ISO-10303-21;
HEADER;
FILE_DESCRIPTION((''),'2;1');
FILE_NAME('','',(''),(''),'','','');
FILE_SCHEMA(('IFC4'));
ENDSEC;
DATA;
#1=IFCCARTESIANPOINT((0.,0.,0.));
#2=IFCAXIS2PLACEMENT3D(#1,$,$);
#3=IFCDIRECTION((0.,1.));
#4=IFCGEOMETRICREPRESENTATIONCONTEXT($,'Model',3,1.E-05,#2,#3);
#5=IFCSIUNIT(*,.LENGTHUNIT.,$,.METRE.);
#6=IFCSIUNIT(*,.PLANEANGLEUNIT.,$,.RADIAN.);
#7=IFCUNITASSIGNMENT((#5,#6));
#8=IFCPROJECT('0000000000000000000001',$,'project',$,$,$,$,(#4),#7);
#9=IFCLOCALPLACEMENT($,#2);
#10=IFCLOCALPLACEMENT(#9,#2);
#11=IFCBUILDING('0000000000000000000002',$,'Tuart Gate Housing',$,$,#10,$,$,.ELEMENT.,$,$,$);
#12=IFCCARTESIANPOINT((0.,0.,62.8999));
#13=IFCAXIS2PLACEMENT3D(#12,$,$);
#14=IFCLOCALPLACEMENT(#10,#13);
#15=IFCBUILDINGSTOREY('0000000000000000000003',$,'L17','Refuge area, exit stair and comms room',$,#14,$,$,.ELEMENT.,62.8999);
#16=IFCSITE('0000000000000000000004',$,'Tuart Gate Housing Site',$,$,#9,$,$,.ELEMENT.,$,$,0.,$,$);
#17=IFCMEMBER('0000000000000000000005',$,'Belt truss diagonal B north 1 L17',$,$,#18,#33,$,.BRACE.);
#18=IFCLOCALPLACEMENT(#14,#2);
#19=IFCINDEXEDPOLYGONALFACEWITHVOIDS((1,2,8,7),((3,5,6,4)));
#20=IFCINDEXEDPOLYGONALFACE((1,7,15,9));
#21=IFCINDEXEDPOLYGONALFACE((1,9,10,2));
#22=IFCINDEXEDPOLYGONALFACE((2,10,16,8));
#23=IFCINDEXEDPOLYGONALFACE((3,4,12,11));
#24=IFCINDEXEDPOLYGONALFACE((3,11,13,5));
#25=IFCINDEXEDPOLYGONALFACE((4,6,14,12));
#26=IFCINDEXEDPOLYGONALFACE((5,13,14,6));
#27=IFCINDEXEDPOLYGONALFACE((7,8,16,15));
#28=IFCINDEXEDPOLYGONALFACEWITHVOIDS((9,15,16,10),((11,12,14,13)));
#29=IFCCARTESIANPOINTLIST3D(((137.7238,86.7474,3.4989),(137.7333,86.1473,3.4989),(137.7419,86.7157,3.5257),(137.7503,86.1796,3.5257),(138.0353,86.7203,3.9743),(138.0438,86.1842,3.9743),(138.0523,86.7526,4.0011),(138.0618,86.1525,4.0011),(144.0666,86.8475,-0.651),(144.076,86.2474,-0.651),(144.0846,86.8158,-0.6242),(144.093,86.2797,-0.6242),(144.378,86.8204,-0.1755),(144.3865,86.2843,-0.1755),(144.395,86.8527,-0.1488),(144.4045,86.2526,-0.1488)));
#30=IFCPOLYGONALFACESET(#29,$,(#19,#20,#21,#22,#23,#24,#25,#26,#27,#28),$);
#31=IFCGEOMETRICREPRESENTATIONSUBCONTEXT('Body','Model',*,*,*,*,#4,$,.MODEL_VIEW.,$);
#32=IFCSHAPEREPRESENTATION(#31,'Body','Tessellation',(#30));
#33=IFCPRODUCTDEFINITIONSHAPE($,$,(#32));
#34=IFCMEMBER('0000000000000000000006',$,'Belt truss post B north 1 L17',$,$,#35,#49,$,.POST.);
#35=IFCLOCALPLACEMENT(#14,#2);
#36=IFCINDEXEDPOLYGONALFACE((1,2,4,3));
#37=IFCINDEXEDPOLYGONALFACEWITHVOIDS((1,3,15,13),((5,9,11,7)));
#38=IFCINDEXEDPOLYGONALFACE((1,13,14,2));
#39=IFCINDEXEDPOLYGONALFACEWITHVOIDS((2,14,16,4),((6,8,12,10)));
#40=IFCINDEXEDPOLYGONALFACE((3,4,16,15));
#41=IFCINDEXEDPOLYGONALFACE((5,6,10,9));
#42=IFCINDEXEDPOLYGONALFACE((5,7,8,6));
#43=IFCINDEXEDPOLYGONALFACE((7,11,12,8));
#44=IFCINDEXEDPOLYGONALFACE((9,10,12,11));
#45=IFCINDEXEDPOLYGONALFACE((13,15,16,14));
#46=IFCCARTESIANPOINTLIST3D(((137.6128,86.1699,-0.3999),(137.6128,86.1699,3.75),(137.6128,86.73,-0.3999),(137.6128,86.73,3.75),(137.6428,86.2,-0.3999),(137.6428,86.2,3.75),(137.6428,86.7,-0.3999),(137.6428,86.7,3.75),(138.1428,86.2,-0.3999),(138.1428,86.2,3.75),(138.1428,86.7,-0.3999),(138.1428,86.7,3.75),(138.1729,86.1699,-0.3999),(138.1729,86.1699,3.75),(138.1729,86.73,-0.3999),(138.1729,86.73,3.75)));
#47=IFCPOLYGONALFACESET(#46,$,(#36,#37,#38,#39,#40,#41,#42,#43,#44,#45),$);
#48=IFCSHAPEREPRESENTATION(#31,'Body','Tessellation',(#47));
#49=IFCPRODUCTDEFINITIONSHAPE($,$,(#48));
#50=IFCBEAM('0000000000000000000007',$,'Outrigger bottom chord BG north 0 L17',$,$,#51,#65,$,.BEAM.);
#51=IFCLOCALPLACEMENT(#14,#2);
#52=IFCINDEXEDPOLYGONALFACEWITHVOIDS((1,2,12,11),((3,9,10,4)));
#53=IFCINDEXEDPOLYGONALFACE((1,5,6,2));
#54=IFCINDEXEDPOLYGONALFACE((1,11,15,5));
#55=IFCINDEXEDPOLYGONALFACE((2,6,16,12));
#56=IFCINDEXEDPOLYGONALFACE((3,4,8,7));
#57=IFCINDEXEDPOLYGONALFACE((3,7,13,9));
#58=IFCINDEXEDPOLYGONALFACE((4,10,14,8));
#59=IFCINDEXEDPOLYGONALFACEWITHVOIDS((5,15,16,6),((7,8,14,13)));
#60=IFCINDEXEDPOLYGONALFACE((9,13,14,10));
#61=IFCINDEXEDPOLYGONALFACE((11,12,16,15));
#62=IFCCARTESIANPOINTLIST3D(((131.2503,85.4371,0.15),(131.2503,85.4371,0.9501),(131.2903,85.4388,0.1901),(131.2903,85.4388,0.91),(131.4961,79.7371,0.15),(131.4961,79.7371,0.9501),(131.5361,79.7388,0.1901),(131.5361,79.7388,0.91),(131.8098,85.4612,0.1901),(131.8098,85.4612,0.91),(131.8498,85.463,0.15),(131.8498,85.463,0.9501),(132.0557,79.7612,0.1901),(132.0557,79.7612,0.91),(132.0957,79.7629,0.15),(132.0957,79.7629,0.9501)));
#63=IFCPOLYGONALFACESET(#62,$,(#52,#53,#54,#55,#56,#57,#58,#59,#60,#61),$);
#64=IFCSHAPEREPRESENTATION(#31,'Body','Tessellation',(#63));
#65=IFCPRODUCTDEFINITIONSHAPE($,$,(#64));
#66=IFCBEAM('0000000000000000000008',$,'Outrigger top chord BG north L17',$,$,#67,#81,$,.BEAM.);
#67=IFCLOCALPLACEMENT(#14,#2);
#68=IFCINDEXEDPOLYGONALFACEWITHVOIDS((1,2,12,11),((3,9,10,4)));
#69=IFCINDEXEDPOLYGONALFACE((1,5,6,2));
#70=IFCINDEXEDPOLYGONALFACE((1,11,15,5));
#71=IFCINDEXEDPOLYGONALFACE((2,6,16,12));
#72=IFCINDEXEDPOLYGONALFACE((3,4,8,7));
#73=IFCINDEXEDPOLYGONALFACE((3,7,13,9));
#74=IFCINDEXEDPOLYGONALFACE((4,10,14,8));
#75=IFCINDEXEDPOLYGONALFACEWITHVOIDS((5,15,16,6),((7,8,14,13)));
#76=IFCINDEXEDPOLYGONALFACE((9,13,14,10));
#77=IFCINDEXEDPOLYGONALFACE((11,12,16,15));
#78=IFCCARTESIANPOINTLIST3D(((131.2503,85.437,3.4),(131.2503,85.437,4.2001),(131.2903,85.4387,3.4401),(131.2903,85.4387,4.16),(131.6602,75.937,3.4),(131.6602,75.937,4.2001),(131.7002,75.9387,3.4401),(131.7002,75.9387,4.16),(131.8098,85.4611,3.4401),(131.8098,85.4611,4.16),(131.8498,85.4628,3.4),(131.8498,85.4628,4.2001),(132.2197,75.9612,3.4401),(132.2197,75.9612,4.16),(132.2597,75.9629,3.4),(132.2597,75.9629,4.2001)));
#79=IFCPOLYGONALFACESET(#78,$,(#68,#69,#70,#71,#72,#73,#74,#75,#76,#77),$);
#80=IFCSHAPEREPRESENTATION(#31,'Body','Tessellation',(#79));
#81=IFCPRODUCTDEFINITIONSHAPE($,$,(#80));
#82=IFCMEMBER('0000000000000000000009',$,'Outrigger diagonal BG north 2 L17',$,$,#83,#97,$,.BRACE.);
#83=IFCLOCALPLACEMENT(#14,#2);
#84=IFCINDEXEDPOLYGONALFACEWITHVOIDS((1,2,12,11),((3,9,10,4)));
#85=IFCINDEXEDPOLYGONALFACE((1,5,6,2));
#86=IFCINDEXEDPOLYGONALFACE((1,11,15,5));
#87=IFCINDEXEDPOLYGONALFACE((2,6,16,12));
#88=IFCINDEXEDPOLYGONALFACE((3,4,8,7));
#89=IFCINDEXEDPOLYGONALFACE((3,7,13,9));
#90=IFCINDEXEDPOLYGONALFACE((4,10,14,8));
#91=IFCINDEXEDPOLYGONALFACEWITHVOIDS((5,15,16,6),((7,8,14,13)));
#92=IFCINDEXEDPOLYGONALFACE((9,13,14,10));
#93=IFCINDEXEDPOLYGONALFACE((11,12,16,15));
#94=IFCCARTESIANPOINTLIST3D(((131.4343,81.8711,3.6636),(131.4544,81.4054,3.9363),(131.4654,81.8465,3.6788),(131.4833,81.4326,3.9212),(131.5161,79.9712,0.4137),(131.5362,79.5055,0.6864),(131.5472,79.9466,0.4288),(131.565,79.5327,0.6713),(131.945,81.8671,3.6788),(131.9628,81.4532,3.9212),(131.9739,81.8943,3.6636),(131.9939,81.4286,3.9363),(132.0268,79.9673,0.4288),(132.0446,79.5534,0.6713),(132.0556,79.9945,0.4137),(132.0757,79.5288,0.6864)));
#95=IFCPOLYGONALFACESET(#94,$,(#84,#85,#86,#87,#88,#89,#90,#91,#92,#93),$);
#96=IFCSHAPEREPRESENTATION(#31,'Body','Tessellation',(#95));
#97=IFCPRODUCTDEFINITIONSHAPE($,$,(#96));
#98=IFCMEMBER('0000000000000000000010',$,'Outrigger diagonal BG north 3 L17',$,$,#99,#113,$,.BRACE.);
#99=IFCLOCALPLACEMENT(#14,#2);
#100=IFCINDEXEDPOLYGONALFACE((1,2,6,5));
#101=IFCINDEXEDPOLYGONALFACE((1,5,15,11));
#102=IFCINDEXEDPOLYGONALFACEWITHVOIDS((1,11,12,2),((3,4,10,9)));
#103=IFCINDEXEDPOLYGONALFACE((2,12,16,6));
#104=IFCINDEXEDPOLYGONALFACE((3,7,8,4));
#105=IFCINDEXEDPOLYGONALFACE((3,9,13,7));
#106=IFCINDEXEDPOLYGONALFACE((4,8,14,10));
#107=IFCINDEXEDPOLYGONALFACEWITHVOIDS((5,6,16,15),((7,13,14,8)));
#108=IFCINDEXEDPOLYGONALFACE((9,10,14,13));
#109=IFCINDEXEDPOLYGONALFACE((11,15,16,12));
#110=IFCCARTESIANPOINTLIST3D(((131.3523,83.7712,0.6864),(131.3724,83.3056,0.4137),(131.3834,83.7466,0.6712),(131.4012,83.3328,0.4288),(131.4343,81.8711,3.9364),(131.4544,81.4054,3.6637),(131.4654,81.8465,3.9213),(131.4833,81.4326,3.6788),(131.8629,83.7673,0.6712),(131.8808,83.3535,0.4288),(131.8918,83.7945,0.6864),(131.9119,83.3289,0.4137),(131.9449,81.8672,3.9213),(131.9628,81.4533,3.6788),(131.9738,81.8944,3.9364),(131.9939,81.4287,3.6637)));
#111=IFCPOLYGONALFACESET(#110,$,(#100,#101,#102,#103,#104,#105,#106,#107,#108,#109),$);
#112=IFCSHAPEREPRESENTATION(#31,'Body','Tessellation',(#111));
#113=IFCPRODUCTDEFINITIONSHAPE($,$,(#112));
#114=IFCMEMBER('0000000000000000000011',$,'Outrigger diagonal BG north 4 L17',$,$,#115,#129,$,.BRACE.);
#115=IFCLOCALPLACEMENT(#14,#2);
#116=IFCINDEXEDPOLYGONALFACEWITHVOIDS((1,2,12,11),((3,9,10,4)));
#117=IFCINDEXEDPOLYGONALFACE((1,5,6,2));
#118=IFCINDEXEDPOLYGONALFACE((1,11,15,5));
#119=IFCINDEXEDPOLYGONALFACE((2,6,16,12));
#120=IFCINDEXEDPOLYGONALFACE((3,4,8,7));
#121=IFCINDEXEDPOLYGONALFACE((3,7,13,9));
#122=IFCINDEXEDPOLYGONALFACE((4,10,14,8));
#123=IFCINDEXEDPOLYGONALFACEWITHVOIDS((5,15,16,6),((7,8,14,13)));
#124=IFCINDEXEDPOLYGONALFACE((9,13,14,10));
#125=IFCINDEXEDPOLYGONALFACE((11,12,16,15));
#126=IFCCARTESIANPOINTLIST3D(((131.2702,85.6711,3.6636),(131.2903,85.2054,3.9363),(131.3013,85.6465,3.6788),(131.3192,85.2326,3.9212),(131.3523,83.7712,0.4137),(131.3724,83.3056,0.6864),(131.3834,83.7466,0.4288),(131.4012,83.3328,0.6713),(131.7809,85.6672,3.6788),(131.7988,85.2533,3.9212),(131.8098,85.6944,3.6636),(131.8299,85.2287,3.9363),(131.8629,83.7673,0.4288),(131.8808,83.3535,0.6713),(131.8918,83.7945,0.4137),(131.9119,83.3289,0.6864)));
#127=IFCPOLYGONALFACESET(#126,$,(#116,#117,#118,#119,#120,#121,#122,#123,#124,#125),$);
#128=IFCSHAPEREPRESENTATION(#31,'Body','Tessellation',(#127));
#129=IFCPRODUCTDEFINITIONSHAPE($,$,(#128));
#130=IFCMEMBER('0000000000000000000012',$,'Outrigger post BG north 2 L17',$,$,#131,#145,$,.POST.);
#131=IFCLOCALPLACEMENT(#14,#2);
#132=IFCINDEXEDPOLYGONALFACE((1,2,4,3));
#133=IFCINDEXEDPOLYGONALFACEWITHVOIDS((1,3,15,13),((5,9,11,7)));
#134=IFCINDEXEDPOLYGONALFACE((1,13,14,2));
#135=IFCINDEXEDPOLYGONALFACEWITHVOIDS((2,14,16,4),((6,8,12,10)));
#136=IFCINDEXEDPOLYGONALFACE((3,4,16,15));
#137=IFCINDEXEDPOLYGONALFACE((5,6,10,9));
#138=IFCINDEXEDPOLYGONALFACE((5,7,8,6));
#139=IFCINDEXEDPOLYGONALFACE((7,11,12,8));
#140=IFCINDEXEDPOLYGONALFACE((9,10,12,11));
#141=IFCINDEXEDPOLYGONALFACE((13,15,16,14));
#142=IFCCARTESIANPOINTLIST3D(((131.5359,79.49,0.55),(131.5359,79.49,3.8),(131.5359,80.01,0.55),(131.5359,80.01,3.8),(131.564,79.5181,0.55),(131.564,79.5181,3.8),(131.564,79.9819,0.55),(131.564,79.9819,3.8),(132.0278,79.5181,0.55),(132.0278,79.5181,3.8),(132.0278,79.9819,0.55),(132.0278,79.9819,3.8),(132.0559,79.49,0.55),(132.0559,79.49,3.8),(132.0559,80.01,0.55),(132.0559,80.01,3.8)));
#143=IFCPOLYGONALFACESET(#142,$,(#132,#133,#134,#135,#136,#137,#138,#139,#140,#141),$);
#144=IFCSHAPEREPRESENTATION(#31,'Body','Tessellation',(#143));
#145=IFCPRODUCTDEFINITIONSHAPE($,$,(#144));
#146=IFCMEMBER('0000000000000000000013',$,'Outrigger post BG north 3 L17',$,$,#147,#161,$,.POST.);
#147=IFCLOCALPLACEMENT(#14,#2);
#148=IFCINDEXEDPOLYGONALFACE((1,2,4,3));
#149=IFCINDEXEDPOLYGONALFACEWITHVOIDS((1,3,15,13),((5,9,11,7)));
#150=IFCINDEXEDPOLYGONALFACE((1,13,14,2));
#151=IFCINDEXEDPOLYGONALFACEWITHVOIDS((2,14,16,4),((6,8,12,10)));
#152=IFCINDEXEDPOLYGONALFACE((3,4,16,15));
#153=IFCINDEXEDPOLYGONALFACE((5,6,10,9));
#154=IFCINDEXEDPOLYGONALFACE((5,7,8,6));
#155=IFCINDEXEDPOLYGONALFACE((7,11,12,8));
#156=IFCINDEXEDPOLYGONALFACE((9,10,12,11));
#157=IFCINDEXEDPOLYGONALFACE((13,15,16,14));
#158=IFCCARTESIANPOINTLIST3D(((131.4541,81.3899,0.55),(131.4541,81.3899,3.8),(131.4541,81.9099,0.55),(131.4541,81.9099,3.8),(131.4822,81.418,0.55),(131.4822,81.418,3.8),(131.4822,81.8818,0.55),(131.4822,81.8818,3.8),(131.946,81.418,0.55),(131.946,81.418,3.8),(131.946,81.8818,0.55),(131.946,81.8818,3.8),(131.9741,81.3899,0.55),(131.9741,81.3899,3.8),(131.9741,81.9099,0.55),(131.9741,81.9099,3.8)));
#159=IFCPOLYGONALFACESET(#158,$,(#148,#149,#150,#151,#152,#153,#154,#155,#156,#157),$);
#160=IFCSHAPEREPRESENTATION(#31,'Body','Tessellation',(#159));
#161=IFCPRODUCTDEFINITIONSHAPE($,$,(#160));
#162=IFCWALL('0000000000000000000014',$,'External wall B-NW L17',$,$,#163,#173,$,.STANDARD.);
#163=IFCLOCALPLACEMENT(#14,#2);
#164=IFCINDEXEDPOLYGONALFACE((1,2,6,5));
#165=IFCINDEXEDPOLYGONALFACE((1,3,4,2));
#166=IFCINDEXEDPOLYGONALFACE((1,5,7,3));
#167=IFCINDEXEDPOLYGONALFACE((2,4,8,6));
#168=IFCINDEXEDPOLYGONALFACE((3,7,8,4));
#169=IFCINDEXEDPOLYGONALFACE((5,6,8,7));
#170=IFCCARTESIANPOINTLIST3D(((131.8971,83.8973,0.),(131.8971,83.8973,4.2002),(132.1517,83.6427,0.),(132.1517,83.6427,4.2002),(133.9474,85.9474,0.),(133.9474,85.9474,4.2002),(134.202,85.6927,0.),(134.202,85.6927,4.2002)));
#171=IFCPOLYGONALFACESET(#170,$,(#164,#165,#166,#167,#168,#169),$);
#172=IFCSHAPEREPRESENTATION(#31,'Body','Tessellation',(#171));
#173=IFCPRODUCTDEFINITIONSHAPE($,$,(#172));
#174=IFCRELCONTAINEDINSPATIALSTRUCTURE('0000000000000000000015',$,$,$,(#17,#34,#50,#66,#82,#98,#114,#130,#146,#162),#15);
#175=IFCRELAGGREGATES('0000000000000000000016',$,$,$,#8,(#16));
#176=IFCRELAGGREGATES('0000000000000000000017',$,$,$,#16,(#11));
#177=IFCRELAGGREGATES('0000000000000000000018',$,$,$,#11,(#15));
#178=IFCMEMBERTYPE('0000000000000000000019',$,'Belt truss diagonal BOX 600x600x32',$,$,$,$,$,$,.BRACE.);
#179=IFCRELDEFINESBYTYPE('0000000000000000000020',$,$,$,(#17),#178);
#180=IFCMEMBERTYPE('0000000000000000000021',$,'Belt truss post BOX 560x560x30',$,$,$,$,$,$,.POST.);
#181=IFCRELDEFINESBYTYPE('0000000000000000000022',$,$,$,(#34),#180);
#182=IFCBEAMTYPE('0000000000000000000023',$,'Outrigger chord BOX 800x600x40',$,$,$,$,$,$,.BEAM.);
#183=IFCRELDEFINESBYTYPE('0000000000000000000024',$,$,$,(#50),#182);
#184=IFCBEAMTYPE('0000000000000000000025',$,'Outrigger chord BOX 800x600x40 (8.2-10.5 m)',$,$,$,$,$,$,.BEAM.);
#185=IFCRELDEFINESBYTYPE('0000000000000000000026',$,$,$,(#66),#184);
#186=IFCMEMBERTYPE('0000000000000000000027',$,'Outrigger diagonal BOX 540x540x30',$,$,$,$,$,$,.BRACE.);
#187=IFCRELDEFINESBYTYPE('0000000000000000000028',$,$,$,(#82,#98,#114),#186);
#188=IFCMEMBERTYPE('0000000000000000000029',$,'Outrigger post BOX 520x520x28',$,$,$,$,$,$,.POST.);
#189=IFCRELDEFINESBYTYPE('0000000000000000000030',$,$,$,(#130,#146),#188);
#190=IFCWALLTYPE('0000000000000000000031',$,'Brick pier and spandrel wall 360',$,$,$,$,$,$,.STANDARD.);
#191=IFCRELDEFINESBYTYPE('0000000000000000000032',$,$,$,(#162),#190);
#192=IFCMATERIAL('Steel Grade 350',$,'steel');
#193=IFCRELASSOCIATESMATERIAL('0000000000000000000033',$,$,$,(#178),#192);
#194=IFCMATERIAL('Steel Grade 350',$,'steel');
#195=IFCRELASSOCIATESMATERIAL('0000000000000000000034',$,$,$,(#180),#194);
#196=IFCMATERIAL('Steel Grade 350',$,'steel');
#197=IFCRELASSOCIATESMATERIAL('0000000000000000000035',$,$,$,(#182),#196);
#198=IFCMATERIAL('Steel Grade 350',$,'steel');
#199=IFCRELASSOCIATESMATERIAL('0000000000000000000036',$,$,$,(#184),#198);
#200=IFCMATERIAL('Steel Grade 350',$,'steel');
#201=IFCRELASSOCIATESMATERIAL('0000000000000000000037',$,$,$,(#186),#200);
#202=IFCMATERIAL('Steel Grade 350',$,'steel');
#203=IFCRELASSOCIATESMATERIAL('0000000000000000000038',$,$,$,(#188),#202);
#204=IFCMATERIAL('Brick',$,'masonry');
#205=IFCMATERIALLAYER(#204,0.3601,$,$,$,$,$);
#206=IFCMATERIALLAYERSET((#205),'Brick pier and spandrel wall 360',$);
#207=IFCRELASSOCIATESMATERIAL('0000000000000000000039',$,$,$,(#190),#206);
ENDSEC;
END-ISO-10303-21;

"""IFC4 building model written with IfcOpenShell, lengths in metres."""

from ifc_helpers import new_model, si_unit, direction, frame, frame_2d, origin, origin_2d, place, context, subcontext, project, spatial, rectangle, hollow_rectangle, extrude, material, layer, layer_set, material_profile, profile_set, type_object, element, save


model = new_model("IFC4")

# Units and contexts
model_context = context("Model", 3, precision=1e-05, world=origin(), true_north=direction((0.0, 1.0)))
body_context = subcontext(model_context, "Body", "Model", "MODEL_VIEW")
ifc_project = project(units=[si_unit("LENGTHUNIT", "METRE"), si_unit("PLANEANGLEUNIT", "RADIAN")], contexts=[model_context])

# Site, building, storey
site_placement = place(None, origin())
site = spatial("IfcSite", under=ifc_project, at=site_placement, Name="Tuart Gate Housing Site", CompositionType="ELEMENT", RefElevation=0.0)
building_placement = place(site_placement, origin())
building = spatial("IfcBuilding", under=site, at=building_placement, Name="Tuart Gate Housing", CompositionType="ELEMENT")
storey_placement = place(building_placement, frame((0.0, 0.0, 62.8999)))
storey = spatial("IfcBuildingStorey", under=building, at=storey_placement, Name="L17", Description="Refuge area, exit stair and comms room", CompositionType="ELEMENT", Elevation=62.8999)

# Members
ifc_material_1 = material(Name="Steel Grade 350", Category="steel")
ifc_material_profile_1 = material_profile(ifc_material_1, hollow_rectangle(XDim=0.6001, YDim=0.6001, WallThickness=0.032, at=origin_2d()), Name="BOX 600x600x32")
ifc_profile_set_1 = profile_set([ifc_material_profile_1], Name="Steel Grade 350")
member_type_1 = type_object("IfcMemberType", Name="Belt truss diagonal BOX 600x600x32", PredefinedType="BRACE", material=ifc_profile_set_1)
member_1_placement = place(storey_placement, frame((137.8928, 86.45, 3.75), z_axis=(0.836733, 0.013205, -0.547452), x_axis=(-0.015779, 0.999875, 0.0)))
element("IfcMember", 1, at=member_1_placement, inside=storey, type_object=member_type_1, Name="Belt truss diagonal B north 1 L17", PredefinedType="BRACE", context=body_context, shape_type="SweptSolid", body=[
    extrude(hollow_rectangle(XDim=0.6001, YDim=0.6001, WallThickness=0.032, at=origin_2d()), origin(), (0.0, 0.0, 1.0), 7.5803),
])
ifc_material_2 = material(Name="Steel Grade 350", Category="steel")
ifc_material_profile_2 = material_profile(ifc_material_2, hollow_rectangle(XDim=0.5601, YDim=0.5601, WallThickness=0.03, at=origin_2d()), Name="BOX 560x560x30")
ifc_profile_set_2 = profile_set([ifc_material_profile_2], Name="Steel Grade 350")
member_type_2 = type_object("IfcMemberType", Name="Belt truss post BOX 560x560x30", PredefinedType="POST", material=ifc_profile_set_2)
member_2_placement = place(storey_placement, frame((137.8928, 86.45, -0.3999), z_axis=(0.0, 0.0, 1.0), x_axis=(1.0, 0.0, 0.0)))
element("IfcMember", 2, at=member_2_placement, inside=storey, type_object=member_type_2, Name="Belt truss post B north 1 L17", PredefinedType="POST", context=body_context, shape_type="SweptSolid", body=[
    extrude(hollow_rectangle(XDim=0.5601, YDim=0.5601, WallThickness=0.03, at=origin_2d()), origin(), (0.0, 0.0, 1.0), 4.1499),
])

# Beams
ifc_material_3 = material(Name="Steel Grade 350", Category="steel")
ifc_material_profile_3 = material_profile(ifc_material_3, hollow_rectangle(XDim=0.6001, YDim=0.8, WallThickness=0.04, at=origin_2d()), Name="BOX 800x600x40")
ifc_profile_set_3 = profile_set([ifc_material_profile_3], Name="Steel Grade 350")
beam_type_1 = type_object("IfcBeamType", Name="Outrigger chord BOX 800x600x40", PredefinedType="BEAM", material=ifc_profile_set_3)
beam_1_placement = place(storey_placement, frame((131.7959, 79.75, 0.55), z_axis=(-0.043092, 0.999071, 0.0), x_axis=(-0.999071, -0.043092, 0.0)))
element("IfcBeam", 3, at=beam_1_placement, inside=storey, type_object=beam_type_1, Name="Outrigger bottom chord BG north 0 L17", PredefinedType="BEAM", context=body_context, shape_type="SweptSolid", body=[
    extrude(hollow_rectangle(XDim=0.6001, YDim=0.8, WallThickness=0.04, at=origin_2d()), origin(), (0.0, 0.0, 1.0), 5.7053),
])
ifc_material_4 = material(Name="Steel Grade 350", Category="steel")
ifc_material_profile_4 = material_profile(ifc_material_4, hollow_rectangle(XDim=0.6001, YDim=0.8, WallThickness=0.04, at=origin_2d()), Name="BOX 800x600x40")
ifc_profile_set_4 = profile_set([ifc_material_profile_4], Name="Steel Grade 350")
beam_type_2 = type_object("IfcBeamType", Name="Outrigger chord BOX 800x600x40 (8.2-10.5 m)", PredefinedType="BEAM", material=ifc_profile_set_4)
beam_2_placement = place(storey_placement, frame((131.96, 75.95, 3.8), z_axis=(-0.043109, 0.99907, 0.0), x_axis=(-0.99907, -0.043109, 0.0)))
element("IfcBeam", 4, at=beam_2_placement, inside=storey, type_object=beam_type_2, Name="Outrigger top chord BG north L17", PredefinedType="BEAM", context=body_context, shape_type="SweptSolid", body=[
    extrude(hollow_rectangle(XDim=0.6001, YDim=0.8, WallThickness=0.04, at=origin_2d()), origin(), (0.0, 0.0, 1.0), 9.5088),
])

# Members
ifc_material_5 = material(Name="Steel Grade 350", Category="steel")
ifc_material_profile_5 = material_profile(ifc_material_5, hollow_rectangle(XDim=0.54, YDim=0.54, WallThickness=0.03, at=origin_2d()), Name="BOX 540x540x30")
ifc_profile_set_5 = profile_set([ifc_material_profile_5], Name="Steel Grade 350")
member_type_3 = type_object("IfcMemberType", Name="Outrigger diagonal BOX 540x540x30", PredefinedType="BRACE", material=ifc_profile_set_5)
member_3_placement = place(storey_placement, frame((131.7959, 79.75, 0.55), z_axis=(-0.02172, 0.504558, 0.863104), x_axis=(-0.999075, -0.043008, 0.0)))
element("IfcMember", 5, at=member_3_placement, inside=storey, type_object=member_type_3, Name="Outrigger diagonal BG north 2 L17", PredefinedType="BRACE", context=body_context, shape_type="SweptSolid", body=[
    extrude(hollow_rectangle(XDim=0.54, YDim=0.54, WallThickness=0.03, at=origin_2d()), origin(), (0.0, 0.0, 1.0), 3.7654),
])
member_4_placement = place(storey_placement, frame((131.7141, 81.6499, 3.8), z_axis=(-0.021784, 0.504606, -0.863075), x_axis=(-0.999069, -0.043131, 0.0)))
element("IfcMember", 6, at=member_4_placement, inside=storey, type_object=member_type_3, Name="Outrigger diagonal BG north 3 L17", PredefinedType="BRACE", context=body_context, shape_type="SweptSolid", body=[
    extrude(hollow_rectangle(XDim=0.54, YDim=0.54, WallThickness=0.03, at=origin_2d()), origin(), (0.0, 0.0, 1.0), 3.7656),
])
member_5_placement = place(storey_placement, frame((131.6321, 83.55, 0.55), z_axis=(-0.021785, 0.504557, 0.863103), x_axis=(-0.999069, -0.043136, 0.0)))
element("IfcMember", 7, at=member_5_placement, inside=storey, type_object=member_type_3, Name="Outrigger diagonal BG north 4 L17", PredefinedType="BRACE", context=body_context, shape_type="SweptSolid", body=[
    extrude(hollow_rectangle(XDim=0.54, YDim=0.54, WallThickness=0.03, at=origin_2d()), origin(), (0.0, 0.0, 1.0), 3.7654),
])
ifc_material_6 = material(Name="Steel Grade 350", Category="steel")
ifc_material_profile_6 = material_profile(ifc_material_6, hollow_rectangle(XDim=0.52, YDim=0.52, WallThickness=0.0281, at=origin_2d()), Name="BOX 520x520x28")
ifc_profile_set_6 = profile_set([ifc_material_profile_6], Name="Steel Grade 350")
member_type_4 = type_object("IfcMemberType", Name="Outrigger post BOX 520x520x28", PredefinedType="POST", material=ifc_profile_set_6)
for number, where, z_axis, x_axis, name in (
    (8, (131.7959, 79.75, 0.55), (0.0, 0.0, 1.0), (1.0, 0.0, 0.0), "Outrigger post BG north 2 L17"),
    (9, (131.7141, 81.6499, 0.55), (0.0, 0.0, 1.0), (1.0, 0.0, 0.0), "Outrigger post BG north 3 L17"),
):
    element("IfcMember", number, at=place(storey_placement, frame(where, z_axis=z_axis, x_axis=x_axis)), inside=storey, type_object=member_type_4, Name=name, PredefinedType="POST", context=body_context, shape_type="SweptSolid", body=[
        extrude(hollow_rectangle(XDim=0.52, YDim=0.52, WallThickness=0.0281, at=origin_2d()), origin(), (0.0, 0.0, 1.0), 3.25),
    ])

# Wall
ifc_material_7 = material(Name="Brick", Category="masonry")
ifc_layer_1 = layer(ifc_material_7, 0.3601)
ifc_layer_set_1 = layer_set([ifc_layer_1], Name="Brick pier and spandrel wall 360")
wall_type_1 = type_object("IfcWallType", Name="Brick pier and spandrel wall 360", PredefinedType="STANDARD", material=ifc_layer_set_1)
wall_1_placement = place(storey_placement, frame((134.0747, 85.8201, 0.0), z_axis=(0.0, 0.0, 1.0), x_axis=(-0.707149, -0.707065, 0.0)))
element("IfcWall", 10, at=wall_1_placement, inside=storey, type_object=wall_type_1, Name="External wall B-NW L17", PredefinedType="STANDARD", context=body_context, shape_type="SweptSolid", body=[
    extrude(rectangle(XDim=2.8994, YDim=0.3601, at=frame_2d((1.4497, 0.0))), origin(), (0.0, 0.0, 1.0), 4.2002),
])

save(model, "model.ifc")
